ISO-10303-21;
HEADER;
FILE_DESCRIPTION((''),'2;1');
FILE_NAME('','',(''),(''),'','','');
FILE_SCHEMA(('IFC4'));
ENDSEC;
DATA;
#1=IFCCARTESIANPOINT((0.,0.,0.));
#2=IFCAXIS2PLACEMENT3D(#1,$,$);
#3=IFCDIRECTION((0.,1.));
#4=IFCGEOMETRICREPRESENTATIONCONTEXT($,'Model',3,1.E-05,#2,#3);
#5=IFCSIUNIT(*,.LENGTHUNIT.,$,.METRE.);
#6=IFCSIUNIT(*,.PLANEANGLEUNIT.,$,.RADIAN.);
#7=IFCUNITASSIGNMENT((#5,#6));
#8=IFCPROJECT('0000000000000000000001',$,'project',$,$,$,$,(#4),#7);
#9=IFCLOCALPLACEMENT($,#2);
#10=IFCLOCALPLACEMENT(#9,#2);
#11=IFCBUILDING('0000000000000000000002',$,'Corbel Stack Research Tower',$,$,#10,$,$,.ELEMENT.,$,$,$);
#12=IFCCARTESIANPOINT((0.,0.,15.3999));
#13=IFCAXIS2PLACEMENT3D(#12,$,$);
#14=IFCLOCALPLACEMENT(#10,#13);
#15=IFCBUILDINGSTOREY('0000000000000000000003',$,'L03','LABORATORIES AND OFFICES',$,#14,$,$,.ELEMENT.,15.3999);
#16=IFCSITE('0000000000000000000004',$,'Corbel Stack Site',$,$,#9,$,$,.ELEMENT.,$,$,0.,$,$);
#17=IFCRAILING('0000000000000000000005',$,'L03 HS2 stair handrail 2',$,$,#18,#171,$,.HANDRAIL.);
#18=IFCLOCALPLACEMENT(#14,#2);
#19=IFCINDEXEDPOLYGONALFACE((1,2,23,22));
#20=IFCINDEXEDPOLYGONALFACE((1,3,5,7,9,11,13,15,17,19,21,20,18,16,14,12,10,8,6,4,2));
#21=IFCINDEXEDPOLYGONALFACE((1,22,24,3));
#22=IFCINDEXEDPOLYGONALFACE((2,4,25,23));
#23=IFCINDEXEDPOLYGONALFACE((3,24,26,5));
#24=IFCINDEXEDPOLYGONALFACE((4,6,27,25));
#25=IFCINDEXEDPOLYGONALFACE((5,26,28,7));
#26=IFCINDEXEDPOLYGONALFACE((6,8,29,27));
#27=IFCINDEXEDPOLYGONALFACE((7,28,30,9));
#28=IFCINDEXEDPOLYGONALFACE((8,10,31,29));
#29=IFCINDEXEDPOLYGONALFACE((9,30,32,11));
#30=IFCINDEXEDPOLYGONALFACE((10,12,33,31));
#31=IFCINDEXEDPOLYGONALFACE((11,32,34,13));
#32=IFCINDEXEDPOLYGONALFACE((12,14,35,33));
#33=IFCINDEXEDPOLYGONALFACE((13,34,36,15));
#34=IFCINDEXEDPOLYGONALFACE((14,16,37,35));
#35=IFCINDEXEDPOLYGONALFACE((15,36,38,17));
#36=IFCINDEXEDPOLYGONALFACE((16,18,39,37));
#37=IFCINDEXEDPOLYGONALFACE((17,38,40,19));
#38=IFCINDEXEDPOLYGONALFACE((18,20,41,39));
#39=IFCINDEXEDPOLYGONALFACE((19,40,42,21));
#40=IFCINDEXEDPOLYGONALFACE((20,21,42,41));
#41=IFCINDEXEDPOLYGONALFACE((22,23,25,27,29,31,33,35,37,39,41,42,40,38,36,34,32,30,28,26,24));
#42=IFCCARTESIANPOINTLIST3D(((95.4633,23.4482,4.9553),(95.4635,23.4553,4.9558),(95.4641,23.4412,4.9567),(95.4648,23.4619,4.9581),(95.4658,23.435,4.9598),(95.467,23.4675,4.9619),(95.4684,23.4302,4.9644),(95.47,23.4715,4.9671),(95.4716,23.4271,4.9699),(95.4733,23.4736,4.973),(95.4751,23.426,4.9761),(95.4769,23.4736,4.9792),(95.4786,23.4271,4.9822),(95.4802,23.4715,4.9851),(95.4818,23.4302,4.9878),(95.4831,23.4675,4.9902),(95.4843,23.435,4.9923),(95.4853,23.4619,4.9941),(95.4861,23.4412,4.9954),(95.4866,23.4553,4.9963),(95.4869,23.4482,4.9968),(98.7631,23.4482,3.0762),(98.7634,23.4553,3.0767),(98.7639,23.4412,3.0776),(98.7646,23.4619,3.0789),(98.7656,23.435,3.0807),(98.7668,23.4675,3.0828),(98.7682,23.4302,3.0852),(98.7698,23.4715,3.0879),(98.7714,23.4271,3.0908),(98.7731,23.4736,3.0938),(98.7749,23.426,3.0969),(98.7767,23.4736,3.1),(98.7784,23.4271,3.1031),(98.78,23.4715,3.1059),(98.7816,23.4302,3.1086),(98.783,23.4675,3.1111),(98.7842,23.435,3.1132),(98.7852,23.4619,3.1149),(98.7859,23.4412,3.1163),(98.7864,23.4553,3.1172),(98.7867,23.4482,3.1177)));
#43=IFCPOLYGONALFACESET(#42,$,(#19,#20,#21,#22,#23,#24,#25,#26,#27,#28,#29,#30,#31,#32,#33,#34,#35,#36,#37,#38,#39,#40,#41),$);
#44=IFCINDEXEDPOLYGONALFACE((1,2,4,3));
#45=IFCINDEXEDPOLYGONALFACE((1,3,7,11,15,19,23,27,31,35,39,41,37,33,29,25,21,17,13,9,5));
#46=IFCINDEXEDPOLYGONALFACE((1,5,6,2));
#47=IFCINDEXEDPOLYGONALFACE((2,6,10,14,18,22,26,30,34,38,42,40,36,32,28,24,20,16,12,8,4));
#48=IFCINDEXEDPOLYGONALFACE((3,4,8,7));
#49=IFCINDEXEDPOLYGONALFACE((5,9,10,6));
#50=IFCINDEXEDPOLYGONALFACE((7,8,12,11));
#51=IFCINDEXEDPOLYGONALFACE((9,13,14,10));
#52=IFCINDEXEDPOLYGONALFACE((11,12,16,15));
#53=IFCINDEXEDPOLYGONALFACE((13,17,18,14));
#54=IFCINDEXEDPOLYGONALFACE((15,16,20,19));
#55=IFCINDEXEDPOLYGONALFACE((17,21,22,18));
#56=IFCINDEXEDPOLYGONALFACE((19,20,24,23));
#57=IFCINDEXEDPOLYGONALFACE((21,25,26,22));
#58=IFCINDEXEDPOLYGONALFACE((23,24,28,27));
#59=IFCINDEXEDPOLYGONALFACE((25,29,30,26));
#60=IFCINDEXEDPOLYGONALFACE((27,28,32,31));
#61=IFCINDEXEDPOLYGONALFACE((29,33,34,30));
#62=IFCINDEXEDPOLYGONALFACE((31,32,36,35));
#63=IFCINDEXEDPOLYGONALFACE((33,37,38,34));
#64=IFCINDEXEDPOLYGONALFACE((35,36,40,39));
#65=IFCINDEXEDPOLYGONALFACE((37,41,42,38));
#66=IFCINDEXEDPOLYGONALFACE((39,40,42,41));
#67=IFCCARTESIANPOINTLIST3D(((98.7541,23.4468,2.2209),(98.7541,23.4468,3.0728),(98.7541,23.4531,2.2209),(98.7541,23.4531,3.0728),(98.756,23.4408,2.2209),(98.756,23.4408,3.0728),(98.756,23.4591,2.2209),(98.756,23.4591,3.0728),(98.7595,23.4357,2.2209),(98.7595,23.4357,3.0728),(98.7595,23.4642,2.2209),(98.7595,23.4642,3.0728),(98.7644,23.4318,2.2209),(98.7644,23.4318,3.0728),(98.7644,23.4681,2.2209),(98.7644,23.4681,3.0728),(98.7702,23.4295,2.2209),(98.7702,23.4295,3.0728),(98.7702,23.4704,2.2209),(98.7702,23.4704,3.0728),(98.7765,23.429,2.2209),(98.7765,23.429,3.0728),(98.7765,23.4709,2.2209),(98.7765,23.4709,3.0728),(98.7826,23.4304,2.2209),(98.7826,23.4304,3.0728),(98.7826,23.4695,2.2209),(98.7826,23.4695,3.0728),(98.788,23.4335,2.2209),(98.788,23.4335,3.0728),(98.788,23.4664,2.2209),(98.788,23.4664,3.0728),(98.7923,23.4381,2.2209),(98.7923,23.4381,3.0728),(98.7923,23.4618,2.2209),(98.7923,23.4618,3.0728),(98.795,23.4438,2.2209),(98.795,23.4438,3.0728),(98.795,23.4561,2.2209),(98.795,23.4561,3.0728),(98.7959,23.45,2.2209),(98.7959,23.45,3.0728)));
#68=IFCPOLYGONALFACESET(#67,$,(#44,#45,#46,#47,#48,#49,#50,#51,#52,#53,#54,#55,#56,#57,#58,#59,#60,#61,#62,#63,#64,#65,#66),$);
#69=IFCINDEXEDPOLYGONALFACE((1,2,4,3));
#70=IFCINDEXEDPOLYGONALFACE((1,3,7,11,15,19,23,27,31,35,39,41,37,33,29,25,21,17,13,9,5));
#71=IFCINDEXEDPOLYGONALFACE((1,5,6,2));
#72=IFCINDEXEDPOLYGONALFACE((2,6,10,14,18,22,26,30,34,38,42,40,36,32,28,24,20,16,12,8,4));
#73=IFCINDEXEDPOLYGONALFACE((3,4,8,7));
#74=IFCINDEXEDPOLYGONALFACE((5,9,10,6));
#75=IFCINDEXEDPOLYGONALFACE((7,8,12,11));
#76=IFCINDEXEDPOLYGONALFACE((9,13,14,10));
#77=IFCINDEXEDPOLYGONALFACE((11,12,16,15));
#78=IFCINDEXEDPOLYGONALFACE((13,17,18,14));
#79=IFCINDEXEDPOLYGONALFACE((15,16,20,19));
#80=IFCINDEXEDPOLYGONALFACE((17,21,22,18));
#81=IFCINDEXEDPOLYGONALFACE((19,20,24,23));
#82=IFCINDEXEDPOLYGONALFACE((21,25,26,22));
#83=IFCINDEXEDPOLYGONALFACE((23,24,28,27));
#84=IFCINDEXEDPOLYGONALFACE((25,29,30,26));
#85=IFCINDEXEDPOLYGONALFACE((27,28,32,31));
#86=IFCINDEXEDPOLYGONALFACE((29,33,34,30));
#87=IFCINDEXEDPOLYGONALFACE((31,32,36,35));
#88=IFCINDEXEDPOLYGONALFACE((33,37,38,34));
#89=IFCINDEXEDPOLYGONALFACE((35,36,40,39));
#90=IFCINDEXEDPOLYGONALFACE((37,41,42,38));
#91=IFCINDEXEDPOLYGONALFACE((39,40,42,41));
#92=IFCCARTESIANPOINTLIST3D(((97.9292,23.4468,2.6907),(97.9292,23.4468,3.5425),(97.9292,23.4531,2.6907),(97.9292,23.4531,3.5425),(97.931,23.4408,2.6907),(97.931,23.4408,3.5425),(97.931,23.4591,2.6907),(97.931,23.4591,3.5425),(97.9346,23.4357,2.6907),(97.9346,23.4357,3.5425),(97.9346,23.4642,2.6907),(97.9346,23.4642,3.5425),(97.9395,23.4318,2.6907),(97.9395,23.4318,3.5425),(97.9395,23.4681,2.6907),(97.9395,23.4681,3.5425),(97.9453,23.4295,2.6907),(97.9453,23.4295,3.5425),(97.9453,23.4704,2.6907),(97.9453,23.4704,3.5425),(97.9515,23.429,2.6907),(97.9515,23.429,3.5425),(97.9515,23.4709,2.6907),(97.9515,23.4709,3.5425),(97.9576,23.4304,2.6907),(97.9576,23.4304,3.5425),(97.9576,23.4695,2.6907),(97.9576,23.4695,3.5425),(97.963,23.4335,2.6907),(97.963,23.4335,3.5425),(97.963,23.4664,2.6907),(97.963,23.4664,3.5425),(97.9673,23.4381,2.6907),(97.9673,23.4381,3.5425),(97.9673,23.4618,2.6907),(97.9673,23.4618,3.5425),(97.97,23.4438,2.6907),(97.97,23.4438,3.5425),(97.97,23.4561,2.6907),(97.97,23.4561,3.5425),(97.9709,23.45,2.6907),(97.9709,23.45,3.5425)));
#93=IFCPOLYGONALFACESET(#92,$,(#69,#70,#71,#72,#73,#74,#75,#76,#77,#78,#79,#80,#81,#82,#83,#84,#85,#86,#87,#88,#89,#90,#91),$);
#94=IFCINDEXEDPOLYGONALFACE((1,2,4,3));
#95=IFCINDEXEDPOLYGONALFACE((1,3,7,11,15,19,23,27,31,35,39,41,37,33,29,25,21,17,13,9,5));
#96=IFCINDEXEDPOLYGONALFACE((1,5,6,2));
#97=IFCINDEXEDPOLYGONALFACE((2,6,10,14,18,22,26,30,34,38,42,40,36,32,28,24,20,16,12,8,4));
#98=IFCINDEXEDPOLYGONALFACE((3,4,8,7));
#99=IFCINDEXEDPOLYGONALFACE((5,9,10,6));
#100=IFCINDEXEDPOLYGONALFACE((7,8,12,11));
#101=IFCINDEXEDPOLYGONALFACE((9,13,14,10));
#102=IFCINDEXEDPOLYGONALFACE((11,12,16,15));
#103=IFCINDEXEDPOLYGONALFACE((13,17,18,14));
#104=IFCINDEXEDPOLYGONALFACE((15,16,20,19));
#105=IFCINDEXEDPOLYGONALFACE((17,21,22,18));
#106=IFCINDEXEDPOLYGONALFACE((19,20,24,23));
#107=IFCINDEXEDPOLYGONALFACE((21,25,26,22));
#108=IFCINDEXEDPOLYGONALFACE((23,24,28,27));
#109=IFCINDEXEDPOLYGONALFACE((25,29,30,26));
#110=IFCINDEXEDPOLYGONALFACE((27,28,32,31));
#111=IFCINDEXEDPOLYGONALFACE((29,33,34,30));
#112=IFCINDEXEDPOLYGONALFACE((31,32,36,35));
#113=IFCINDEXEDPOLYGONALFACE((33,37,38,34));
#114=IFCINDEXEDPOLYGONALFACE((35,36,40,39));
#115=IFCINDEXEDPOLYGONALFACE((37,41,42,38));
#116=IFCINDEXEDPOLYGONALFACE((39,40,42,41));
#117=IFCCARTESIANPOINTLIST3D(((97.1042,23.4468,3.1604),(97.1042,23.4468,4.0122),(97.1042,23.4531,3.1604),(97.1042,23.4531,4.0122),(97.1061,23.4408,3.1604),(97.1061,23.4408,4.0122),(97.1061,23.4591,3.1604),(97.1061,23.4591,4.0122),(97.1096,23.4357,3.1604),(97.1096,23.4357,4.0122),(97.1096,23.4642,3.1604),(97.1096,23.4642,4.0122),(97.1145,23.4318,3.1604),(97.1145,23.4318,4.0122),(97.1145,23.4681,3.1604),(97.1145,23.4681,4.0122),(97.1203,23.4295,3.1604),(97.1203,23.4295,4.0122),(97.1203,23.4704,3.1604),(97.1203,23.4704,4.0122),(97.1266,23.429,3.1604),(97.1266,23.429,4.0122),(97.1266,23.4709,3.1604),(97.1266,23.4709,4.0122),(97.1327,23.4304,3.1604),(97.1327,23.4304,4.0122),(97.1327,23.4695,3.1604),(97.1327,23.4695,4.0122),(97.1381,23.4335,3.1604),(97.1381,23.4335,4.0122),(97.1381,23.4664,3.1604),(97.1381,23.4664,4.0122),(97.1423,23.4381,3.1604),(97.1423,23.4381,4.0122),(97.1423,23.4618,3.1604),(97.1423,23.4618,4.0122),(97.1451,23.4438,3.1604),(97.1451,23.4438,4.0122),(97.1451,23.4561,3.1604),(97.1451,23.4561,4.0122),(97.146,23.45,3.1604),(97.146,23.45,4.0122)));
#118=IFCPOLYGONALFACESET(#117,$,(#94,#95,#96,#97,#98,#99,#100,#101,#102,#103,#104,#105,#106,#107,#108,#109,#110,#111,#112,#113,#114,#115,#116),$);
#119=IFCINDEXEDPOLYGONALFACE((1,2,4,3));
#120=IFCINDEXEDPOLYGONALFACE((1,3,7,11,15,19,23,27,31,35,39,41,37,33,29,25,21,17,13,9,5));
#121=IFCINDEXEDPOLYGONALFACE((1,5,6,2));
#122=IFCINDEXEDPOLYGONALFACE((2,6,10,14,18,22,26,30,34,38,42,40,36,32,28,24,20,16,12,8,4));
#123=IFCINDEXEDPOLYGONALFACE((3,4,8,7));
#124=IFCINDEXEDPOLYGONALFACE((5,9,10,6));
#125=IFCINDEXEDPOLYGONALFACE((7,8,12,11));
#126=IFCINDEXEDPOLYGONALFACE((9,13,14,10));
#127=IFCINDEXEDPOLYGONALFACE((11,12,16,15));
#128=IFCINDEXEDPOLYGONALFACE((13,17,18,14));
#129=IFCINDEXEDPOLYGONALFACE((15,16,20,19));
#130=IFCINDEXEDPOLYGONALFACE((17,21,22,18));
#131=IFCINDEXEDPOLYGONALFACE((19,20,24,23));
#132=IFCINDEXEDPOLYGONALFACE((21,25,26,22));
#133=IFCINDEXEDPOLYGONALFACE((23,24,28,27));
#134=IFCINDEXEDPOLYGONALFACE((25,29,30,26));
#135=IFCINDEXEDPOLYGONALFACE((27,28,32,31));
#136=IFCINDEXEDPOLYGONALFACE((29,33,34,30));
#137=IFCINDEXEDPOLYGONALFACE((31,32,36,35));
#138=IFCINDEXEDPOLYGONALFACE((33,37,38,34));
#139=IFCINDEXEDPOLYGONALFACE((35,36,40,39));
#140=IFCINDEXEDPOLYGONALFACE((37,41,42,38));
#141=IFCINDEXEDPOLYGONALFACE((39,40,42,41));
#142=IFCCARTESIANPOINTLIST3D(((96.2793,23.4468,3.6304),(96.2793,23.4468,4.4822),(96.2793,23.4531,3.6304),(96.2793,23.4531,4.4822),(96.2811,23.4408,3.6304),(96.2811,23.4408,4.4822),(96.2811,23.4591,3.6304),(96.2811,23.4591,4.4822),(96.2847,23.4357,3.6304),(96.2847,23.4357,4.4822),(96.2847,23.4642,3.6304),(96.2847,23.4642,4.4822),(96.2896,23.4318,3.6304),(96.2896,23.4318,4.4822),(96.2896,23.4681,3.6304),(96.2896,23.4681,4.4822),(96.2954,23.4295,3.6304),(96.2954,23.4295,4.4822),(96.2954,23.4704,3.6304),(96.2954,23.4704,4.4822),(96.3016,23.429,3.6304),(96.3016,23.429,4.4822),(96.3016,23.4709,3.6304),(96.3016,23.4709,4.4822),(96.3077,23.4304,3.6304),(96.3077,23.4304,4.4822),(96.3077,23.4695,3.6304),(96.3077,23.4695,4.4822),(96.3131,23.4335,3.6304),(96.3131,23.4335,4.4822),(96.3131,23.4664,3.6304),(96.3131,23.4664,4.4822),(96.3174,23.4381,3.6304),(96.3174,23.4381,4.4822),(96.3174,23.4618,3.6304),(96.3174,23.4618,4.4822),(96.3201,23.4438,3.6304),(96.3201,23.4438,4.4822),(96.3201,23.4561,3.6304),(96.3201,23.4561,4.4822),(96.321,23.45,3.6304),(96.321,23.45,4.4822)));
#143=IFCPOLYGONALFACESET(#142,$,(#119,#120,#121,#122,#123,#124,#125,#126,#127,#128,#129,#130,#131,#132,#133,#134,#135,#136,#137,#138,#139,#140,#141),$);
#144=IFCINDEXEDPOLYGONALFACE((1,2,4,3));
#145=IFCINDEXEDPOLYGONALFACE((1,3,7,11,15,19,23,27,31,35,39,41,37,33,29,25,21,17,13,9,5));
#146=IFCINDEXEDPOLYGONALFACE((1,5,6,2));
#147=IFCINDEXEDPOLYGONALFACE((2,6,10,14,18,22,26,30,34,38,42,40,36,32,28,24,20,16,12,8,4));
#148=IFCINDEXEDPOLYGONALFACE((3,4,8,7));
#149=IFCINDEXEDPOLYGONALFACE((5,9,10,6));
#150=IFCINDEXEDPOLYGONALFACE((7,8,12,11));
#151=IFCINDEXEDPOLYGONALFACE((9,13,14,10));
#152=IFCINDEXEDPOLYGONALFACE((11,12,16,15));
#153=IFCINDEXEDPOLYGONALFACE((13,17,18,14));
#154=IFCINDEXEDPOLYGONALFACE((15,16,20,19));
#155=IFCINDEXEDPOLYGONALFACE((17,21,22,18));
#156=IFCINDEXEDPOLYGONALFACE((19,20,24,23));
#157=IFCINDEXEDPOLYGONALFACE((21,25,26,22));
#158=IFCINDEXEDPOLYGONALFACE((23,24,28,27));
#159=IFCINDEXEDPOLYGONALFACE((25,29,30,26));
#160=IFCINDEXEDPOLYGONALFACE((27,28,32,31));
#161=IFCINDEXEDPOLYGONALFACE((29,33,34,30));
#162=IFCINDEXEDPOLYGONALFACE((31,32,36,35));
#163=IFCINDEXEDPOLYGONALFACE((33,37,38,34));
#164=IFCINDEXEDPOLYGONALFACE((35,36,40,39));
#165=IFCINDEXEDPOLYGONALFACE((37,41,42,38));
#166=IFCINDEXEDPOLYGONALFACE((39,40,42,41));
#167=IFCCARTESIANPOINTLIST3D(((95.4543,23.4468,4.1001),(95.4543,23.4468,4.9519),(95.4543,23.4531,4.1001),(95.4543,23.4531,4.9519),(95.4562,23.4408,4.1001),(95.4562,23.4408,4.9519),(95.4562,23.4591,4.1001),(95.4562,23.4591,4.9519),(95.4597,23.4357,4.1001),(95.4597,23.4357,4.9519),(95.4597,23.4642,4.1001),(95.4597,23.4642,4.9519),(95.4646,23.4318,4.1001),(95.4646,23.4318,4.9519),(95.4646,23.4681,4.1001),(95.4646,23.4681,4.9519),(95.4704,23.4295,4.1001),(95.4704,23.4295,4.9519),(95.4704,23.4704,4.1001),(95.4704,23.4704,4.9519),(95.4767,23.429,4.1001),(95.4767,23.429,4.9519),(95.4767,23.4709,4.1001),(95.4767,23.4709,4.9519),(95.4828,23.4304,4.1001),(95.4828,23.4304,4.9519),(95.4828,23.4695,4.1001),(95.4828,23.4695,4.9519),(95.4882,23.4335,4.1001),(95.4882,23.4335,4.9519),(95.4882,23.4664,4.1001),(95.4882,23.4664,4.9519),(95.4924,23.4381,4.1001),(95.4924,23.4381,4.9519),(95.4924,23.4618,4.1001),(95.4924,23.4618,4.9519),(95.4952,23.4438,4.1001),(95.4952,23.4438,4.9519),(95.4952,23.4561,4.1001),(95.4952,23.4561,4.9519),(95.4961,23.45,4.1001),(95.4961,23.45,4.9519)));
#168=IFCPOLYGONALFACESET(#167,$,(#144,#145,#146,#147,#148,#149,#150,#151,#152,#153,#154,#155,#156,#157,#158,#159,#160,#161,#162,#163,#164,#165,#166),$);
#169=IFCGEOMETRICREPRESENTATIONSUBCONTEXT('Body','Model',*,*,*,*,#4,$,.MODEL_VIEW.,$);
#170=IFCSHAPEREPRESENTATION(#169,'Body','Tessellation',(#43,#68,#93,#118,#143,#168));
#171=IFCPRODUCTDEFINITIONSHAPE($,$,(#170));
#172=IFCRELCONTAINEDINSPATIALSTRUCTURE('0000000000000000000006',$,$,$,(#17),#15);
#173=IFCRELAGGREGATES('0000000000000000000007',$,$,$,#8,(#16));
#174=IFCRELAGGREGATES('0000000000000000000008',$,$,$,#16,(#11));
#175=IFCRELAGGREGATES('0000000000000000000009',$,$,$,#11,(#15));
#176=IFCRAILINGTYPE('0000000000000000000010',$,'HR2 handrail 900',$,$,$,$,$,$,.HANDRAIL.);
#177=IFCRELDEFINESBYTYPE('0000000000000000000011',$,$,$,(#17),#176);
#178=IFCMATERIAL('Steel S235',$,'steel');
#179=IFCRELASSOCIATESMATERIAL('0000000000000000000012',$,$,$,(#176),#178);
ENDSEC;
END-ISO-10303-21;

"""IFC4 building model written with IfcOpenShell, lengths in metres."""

from ifc_helpers import new_model, si_unit, direction, frame, origin, origin_2d, place, context, subcontext, project, spatial, circle, extrude, material, type_object, element, save


model = new_model("IFC4")

# Units and contexts
model_context = context("Model", 3, precision=1e-05, world=origin(), true_north=direction((0.0, 1.0)))
body_context = subcontext(model_context, "Body", "Model", "MODEL_VIEW")
ifc_project = project(units=[si_unit("LENGTHUNIT", "METRE"), si_unit("PLANEANGLEUNIT", "RADIAN")], contexts=[model_context])

# Site, building, storey
site_placement = place(None, origin())
site = spatial("IfcSite", under=ifc_project, at=site_placement, Name="Corbel Stack Site", CompositionType="ELEMENT", RefElevation=0.0)
building_placement = place(site_placement, origin())
building = spatial("IfcBuilding", under=site, at=building_placement, Name="Corbel Stack Research Tower", CompositionType="ELEMENT")
storey_placement = place(building_placement, frame((0.0, 0.0, 15.3999)))
storey = spatial("IfcBuildingStorey", under=building, at=storey_placement, Name="L03", Description="LABORATORIES AND OFFICES", CompositionType="ELEMENT", Elevation=15.3999)

# Railing
ifc_material_1 = material(Name="Steel S235", Category="steel")
railing_type_1 = type_object("IfcRailingType", Name="HR2 handrail 900", PredefinedType="HANDRAIL", material=ifc_material_1)
railing_1_placement = place(storey_placement, frame((98.7749, 23.45, 2.2209)))
element("IfcRailing", 1, at=railing_1_placement, inside=storey, type_object=railing_type_1, Name="L03 HS2 stair handrail 2", PredefinedType="HANDRAIL", context=body_context, shape_type="SweptSolid", body=[
    extrude(circle(Radius=0.0239, at=origin_2d()), frame((0.0, 0.0, 0.876), z_axis=(-0.868974, 0.0, 0.494857), x_axis=(0.0, -1.0, 0.0)), (0.0, 0.0, 1.0), 3.7974),
    extrude(circle(Radius=0.021, at=origin_2d()), origin(), (0.0, 0.0, 1.0), 0.8518),
    extrude(circle(Radius=0.021, at=origin_2d()), frame((-0.825, 0.0, 0.4697)), (0.0, 0.0, 1.0), 0.8518),
    extrude(circle(Radius=0.021, at=origin_2d()), frame((-1.6499, 0.0, 0.9395)), (0.0, 0.0, 1.0), 0.8518),
    extrude(circle(Radius=0.021, at=origin_2d()), frame((-2.4749, 0.0, 1.4094)), (0.0, 0.0, 1.0), 0.8518),
    extrude(circle(Radius=0.021, at=origin_2d()), frame((-3.2998, 0.0, 1.8792)), (0.0, 0.0, 1.0), 0.8518),
])

save(model, "model.ifc")
